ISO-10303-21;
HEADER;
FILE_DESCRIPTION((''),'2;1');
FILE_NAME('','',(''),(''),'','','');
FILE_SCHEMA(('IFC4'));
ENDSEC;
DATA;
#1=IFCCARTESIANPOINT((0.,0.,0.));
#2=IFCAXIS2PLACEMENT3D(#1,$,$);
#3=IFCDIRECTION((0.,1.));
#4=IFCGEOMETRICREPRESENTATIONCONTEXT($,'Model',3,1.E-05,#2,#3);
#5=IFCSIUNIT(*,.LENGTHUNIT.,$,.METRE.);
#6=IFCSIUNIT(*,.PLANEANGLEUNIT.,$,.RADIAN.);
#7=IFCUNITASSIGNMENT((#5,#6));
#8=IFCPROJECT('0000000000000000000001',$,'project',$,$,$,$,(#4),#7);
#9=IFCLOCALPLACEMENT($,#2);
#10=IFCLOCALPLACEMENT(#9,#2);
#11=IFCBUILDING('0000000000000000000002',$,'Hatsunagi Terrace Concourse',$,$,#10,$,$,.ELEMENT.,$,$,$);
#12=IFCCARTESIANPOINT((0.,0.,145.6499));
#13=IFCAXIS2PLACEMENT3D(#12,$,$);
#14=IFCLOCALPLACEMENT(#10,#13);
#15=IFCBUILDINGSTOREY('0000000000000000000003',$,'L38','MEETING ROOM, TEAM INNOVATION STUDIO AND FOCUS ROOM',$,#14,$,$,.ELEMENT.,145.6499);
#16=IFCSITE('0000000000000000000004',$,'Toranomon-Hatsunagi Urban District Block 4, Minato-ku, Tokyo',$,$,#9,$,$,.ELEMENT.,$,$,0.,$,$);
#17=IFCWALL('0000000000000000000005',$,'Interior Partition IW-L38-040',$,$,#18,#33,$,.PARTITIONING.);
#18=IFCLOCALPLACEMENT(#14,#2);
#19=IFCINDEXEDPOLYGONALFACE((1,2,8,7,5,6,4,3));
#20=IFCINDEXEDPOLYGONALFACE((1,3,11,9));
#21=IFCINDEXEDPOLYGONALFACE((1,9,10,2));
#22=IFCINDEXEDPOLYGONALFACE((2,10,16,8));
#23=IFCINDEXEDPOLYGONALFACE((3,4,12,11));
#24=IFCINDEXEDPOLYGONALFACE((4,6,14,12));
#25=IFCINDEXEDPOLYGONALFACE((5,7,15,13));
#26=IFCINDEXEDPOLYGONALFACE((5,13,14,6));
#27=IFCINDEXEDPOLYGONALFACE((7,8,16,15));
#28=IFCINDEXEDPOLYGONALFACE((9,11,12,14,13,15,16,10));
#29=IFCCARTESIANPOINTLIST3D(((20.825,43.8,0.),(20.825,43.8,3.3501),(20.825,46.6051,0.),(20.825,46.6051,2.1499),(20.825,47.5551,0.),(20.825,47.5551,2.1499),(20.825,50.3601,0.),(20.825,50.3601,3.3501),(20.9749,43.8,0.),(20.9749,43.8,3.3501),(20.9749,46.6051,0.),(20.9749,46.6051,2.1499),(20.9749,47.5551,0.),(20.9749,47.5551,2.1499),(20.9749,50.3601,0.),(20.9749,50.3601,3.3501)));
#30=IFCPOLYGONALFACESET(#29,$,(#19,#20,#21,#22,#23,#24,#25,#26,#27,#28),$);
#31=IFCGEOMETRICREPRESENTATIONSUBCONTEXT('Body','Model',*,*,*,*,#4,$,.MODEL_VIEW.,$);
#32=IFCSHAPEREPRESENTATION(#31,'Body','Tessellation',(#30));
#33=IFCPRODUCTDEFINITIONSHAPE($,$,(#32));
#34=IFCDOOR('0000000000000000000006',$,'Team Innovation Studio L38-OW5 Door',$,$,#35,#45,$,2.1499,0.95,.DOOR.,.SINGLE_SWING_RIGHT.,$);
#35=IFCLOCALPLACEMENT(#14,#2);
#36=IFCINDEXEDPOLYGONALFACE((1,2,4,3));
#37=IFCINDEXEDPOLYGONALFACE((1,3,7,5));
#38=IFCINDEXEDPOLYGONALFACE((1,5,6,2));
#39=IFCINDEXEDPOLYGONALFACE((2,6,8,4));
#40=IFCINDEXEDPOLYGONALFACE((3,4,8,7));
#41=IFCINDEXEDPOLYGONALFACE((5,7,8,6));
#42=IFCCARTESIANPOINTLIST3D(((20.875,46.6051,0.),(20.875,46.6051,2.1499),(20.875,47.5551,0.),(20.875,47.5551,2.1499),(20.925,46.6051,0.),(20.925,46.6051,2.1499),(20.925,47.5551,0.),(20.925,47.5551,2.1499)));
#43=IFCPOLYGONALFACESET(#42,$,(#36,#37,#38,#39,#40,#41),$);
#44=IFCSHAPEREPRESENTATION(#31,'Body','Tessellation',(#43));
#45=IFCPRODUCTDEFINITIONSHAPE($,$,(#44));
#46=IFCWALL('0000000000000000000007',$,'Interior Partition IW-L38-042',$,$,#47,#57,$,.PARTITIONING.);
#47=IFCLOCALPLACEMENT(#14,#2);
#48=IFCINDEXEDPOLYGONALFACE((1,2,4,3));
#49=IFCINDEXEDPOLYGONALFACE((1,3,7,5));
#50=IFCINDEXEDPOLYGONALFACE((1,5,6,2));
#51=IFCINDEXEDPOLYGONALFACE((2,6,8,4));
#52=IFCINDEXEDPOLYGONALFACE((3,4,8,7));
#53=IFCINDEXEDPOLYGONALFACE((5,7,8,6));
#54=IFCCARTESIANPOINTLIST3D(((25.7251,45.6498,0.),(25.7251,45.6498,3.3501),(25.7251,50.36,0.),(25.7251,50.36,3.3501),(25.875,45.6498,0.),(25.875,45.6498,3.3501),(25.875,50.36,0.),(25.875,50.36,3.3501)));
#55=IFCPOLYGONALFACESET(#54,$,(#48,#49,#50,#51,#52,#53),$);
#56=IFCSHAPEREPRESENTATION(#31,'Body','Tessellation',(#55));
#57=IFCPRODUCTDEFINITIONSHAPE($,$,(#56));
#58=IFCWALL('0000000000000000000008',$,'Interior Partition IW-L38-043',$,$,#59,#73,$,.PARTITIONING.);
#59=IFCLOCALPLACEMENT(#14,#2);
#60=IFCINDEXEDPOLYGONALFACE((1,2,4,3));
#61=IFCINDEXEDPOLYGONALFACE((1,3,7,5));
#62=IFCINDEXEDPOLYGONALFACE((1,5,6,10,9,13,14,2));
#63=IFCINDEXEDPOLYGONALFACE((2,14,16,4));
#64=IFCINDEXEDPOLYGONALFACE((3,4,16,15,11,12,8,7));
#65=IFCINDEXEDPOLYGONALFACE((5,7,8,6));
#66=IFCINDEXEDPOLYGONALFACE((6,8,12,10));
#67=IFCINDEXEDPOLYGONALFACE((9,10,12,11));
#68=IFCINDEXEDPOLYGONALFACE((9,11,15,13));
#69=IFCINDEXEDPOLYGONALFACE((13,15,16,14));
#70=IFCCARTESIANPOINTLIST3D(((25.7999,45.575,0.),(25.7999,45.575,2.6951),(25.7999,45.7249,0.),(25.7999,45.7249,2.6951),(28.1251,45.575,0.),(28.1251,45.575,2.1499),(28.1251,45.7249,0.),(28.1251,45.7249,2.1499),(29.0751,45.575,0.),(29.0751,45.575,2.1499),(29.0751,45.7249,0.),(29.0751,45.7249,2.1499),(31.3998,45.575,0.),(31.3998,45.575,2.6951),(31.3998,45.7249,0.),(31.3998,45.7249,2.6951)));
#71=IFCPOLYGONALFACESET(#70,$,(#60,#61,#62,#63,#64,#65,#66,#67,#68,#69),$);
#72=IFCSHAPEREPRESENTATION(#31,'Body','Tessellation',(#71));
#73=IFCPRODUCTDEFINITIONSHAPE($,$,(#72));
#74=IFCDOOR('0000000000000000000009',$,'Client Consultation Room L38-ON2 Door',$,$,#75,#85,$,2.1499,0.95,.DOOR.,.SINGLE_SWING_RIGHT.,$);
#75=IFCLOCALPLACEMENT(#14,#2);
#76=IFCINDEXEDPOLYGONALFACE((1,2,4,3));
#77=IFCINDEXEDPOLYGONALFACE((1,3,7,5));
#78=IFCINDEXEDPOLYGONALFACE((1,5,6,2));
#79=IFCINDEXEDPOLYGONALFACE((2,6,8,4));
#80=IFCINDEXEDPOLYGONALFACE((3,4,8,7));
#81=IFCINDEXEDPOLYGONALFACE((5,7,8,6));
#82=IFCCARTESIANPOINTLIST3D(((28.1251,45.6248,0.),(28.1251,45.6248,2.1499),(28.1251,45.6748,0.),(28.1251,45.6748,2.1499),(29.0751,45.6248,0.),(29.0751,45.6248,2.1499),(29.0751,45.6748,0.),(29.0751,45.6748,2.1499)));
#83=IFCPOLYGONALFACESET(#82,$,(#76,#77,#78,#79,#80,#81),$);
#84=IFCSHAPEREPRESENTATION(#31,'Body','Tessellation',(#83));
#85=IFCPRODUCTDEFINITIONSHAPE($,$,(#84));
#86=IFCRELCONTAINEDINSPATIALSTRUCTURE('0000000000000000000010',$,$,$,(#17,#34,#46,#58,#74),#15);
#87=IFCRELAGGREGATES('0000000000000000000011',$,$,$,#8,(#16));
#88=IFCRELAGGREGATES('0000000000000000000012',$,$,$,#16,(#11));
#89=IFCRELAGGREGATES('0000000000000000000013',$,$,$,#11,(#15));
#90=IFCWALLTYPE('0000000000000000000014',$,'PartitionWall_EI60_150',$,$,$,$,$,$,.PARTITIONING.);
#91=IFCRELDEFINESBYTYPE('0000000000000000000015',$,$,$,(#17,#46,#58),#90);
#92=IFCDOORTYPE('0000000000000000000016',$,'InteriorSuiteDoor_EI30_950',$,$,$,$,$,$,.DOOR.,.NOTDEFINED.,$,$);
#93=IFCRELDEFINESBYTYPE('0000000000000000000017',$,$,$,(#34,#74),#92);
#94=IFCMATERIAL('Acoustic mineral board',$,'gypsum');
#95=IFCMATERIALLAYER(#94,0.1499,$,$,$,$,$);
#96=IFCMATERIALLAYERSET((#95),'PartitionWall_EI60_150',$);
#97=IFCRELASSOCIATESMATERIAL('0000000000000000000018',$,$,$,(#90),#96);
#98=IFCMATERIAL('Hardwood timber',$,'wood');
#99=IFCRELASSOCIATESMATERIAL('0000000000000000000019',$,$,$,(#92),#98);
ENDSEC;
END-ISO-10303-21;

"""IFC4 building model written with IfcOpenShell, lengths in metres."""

from ifc_helpers import new_model, si_unit, direction, frame, frame_2d, origin, place, context, subcontext, project, spatial, rectangle, extrude, material, layer, layer_set, type_object, element, fill, save


model = new_model("IFC4")

# Units and contexts
model_context = context("Model", 3, precision=1e-05, world=origin(), true_north=direction((0.0, 1.0)))
body_context = subcontext(model_context, "Body", "Model", "MODEL_VIEW")
ifc_project = project(units=[si_unit("LENGTHUNIT", "METRE"), si_unit("PLANEANGLEUNIT", "RADIAN")], contexts=[model_context])

# Site, building, storey
site_placement = place(None, origin())
site = spatial("IfcSite", under=ifc_project, at=site_placement, Name="Toranomon-Hatsunagi Urban District Block 4, Minato-ku, Tokyo", CompositionType="ELEMENT", RefElevation=0.0)
building_placement = place(site_placement, origin())
building = spatial("IfcBuilding", under=site, at=building_placement, Name="Hatsunagi Terrace Concourse", CompositionType="ELEMENT")
storey_placement = place(building_placement, frame((0.0, 0.0, 145.6499)))
storey = spatial("IfcBuildingStorey", under=building, at=storey_placement, Name="L38", Description="MEETING ROOM, TEAM INNOVATION STUDIO AND FOCUS ROOM", CompositionType="ELEMENT", Elevation=145.6499)

# Shared definitions
ifc_material_1 = material(Name="Acoustic mineral board", Category="gypsum")
ifc_layer_1 = layer(ifc_material_1, 0.1499)
ifc_layer_set_1 = layer_set([ifc_layer_1], Name="PartitionWall_EI60_150")
wall_type_1 = type_object("IfcWallType", Name="PartitionWall_EI60_150", PredefinedType="PARTITIONING", material=ifc_layer_set_1)

# Wall, opening, door
wall_1_placement = place(storey_placement, frame((20.8999, 43.8, 0.0), z_axis=(0.0, 0.0, 1.0), x_axis=(0.0, 1.0, 0.0)))
wall_1 = element("IfcWall", 1, at=wall_1_placement, inside=storey, type_object=wall_type_1, Name="Interior Partition IW-L38-040", PredefinedType="PARTITIONING", context=body_context, shape_type="SweptSolid", body=[
    extrude(rectangle(XDim=6.5601, YDim=0.1499, at=frame_2d((3.28, 0.0))), origin(), (0.0, 0.0, 1.0), 3.3501),
])
opening_1_placement = place(wall_1_placement, frame((2.8049, 0.0, 0.0)))
opening_1 = element("IfcOpeningElement", 2, at=opening_1_placement, cuts=wall_1, PredefinedType="OPENING", context=body_context, shape_type="SweptSolid", body=[
    extrude(rectangle(XDim=0.95, YDim=2.1499, at=frame_2d((0.4751, 1.075))), frame((0.0, 0.085, 0.0), z_axis=(0.0, -1.0, 0.0), x_axis=(1.0, 0.0, 0.0)), (0.0, 0.0, 1.0), 0.1699),
])
ifc_material_2 = material(Name="Hardwood timber", Category="wood")
door_type = type_object("IfcDoorType", Name="InteriorSuiteDoor_EI30_950", OperationType="NOTDEFINED", PredefinedType="DOOR", material=ifc_material_2)
door_1_placement = place(opening_1_placement, origin())
door_1 = element("IfcDoor", 3, at=door_1_placement, inside=storey, type_object=door_type, Name="Team Innovation Studio L38-OW5 Door", OperationType="SINGLE_SWING_RIGHT", OverallHeight=2.1499, OverallWidth=0.95, PredefinedType="DOOR", context=body_context, shape_type="SweptSolid", body=[
    extrude(rectangle(XDim=0.95, YDim=2.1499, at=frame_2d((0.4751, 1.075))), frame((0.0, 0.0249, 0.0), z_axis=(0.0, -1.0, 0.0), x_axis=(1.0, 0.0, 0.0)), (0.0, 0.0, 1.0), 0.05),
])
fill(opening_1, door_1)

# Wall
wall_2_placement = place(storey_placement, frame((25.8, 45.6499, 0.0), z_axis=(0.0, 0.0, 1.0), x_axis=(0.0, 1.0, 0.0)))
element("IfcWall", 4, at=wall_2_placement, inside=storey, type_object=wall_type_1, Name="Interior Partition IW-L38-042", PredefinedType="PARTITIONING", context=body_context, shape_type="SweptSolid", body=[
    extrude(rectangle(XDim=4.7102, YDim=0.1499, at=frame_2d((2.355, 0.0))), origin(), (0.0, 0.0, 1.0), 3.3501),
])

# Wall, opening, door
wall_3_placement = place(storey_placement, frame((25.8, 45.6499, 0.0), z_axis=(0.0, 0.0, 1.0), x_axis=(1.0, 0.0, 0.0)))
wall_3 = element("IfcWall", 5, at=wall_3_placement, inside=storey, type_object=wall_type_1, Name="Interior Partition IW-L38-043", PredefinedType="PARTITIONING", context=body_context, shape_type="SweptSolid", body=[
    extrude(rectangle(XDim=5.5999, YDim=0.1499, at=frame_2d((2.7998, 0.0))), origin(), (0.0, 0.0, 1.0), 2.6951),
])
opening_2_placement = place(wall_3_placement, frame((2.325, 0.0, 0.0)))
opening_2 = element("IfcOpeningElement", 6, at=opening_2_placement, cuts=wall_3, PredefinedType="OPENING", context=body_context, shape_type="SweptSolid", body=[
    extrude(rectangle(XDim=0.95, YDim=2.1499, at=frame_2d((0.4751, 1.075))), frame((0.0, 0.085, 0.0), z_axis=(0.0, -1.0, 0.0), x_axis=(1.0, 0.0, 0.0)), (0.0, 0.0, 1.0), 0.1699),
])
door_2_placement = place(opening_2_placement, origin())
door_2 = element("IfcDoor", 7, at=door_2_placement, inside=storey, type_object=door_type, Name="Client Consultation Room L38-ON2 Door", OperationType="SINGLE_SWING_RIGHT", OverallHeight=2.1499, OverallWidth=0.95, PredefinedType="DOOR", context=body_context, shape_type="SweptSolid", body=[
    extrude(rectangle(XDim=0.95, YDim=2.1499, at=frame_2d((0.4751, 1.075))), frame((0.0, 0.0249, 0.0), z_axis=(0.0, -1.0, 0.0), x_axis=(1.0, 0.0, 0.0)), (0.0, 0.0, 1.0), 0.05),
])
fill(opening_2, door_2)

save(model, "model.ifc")
